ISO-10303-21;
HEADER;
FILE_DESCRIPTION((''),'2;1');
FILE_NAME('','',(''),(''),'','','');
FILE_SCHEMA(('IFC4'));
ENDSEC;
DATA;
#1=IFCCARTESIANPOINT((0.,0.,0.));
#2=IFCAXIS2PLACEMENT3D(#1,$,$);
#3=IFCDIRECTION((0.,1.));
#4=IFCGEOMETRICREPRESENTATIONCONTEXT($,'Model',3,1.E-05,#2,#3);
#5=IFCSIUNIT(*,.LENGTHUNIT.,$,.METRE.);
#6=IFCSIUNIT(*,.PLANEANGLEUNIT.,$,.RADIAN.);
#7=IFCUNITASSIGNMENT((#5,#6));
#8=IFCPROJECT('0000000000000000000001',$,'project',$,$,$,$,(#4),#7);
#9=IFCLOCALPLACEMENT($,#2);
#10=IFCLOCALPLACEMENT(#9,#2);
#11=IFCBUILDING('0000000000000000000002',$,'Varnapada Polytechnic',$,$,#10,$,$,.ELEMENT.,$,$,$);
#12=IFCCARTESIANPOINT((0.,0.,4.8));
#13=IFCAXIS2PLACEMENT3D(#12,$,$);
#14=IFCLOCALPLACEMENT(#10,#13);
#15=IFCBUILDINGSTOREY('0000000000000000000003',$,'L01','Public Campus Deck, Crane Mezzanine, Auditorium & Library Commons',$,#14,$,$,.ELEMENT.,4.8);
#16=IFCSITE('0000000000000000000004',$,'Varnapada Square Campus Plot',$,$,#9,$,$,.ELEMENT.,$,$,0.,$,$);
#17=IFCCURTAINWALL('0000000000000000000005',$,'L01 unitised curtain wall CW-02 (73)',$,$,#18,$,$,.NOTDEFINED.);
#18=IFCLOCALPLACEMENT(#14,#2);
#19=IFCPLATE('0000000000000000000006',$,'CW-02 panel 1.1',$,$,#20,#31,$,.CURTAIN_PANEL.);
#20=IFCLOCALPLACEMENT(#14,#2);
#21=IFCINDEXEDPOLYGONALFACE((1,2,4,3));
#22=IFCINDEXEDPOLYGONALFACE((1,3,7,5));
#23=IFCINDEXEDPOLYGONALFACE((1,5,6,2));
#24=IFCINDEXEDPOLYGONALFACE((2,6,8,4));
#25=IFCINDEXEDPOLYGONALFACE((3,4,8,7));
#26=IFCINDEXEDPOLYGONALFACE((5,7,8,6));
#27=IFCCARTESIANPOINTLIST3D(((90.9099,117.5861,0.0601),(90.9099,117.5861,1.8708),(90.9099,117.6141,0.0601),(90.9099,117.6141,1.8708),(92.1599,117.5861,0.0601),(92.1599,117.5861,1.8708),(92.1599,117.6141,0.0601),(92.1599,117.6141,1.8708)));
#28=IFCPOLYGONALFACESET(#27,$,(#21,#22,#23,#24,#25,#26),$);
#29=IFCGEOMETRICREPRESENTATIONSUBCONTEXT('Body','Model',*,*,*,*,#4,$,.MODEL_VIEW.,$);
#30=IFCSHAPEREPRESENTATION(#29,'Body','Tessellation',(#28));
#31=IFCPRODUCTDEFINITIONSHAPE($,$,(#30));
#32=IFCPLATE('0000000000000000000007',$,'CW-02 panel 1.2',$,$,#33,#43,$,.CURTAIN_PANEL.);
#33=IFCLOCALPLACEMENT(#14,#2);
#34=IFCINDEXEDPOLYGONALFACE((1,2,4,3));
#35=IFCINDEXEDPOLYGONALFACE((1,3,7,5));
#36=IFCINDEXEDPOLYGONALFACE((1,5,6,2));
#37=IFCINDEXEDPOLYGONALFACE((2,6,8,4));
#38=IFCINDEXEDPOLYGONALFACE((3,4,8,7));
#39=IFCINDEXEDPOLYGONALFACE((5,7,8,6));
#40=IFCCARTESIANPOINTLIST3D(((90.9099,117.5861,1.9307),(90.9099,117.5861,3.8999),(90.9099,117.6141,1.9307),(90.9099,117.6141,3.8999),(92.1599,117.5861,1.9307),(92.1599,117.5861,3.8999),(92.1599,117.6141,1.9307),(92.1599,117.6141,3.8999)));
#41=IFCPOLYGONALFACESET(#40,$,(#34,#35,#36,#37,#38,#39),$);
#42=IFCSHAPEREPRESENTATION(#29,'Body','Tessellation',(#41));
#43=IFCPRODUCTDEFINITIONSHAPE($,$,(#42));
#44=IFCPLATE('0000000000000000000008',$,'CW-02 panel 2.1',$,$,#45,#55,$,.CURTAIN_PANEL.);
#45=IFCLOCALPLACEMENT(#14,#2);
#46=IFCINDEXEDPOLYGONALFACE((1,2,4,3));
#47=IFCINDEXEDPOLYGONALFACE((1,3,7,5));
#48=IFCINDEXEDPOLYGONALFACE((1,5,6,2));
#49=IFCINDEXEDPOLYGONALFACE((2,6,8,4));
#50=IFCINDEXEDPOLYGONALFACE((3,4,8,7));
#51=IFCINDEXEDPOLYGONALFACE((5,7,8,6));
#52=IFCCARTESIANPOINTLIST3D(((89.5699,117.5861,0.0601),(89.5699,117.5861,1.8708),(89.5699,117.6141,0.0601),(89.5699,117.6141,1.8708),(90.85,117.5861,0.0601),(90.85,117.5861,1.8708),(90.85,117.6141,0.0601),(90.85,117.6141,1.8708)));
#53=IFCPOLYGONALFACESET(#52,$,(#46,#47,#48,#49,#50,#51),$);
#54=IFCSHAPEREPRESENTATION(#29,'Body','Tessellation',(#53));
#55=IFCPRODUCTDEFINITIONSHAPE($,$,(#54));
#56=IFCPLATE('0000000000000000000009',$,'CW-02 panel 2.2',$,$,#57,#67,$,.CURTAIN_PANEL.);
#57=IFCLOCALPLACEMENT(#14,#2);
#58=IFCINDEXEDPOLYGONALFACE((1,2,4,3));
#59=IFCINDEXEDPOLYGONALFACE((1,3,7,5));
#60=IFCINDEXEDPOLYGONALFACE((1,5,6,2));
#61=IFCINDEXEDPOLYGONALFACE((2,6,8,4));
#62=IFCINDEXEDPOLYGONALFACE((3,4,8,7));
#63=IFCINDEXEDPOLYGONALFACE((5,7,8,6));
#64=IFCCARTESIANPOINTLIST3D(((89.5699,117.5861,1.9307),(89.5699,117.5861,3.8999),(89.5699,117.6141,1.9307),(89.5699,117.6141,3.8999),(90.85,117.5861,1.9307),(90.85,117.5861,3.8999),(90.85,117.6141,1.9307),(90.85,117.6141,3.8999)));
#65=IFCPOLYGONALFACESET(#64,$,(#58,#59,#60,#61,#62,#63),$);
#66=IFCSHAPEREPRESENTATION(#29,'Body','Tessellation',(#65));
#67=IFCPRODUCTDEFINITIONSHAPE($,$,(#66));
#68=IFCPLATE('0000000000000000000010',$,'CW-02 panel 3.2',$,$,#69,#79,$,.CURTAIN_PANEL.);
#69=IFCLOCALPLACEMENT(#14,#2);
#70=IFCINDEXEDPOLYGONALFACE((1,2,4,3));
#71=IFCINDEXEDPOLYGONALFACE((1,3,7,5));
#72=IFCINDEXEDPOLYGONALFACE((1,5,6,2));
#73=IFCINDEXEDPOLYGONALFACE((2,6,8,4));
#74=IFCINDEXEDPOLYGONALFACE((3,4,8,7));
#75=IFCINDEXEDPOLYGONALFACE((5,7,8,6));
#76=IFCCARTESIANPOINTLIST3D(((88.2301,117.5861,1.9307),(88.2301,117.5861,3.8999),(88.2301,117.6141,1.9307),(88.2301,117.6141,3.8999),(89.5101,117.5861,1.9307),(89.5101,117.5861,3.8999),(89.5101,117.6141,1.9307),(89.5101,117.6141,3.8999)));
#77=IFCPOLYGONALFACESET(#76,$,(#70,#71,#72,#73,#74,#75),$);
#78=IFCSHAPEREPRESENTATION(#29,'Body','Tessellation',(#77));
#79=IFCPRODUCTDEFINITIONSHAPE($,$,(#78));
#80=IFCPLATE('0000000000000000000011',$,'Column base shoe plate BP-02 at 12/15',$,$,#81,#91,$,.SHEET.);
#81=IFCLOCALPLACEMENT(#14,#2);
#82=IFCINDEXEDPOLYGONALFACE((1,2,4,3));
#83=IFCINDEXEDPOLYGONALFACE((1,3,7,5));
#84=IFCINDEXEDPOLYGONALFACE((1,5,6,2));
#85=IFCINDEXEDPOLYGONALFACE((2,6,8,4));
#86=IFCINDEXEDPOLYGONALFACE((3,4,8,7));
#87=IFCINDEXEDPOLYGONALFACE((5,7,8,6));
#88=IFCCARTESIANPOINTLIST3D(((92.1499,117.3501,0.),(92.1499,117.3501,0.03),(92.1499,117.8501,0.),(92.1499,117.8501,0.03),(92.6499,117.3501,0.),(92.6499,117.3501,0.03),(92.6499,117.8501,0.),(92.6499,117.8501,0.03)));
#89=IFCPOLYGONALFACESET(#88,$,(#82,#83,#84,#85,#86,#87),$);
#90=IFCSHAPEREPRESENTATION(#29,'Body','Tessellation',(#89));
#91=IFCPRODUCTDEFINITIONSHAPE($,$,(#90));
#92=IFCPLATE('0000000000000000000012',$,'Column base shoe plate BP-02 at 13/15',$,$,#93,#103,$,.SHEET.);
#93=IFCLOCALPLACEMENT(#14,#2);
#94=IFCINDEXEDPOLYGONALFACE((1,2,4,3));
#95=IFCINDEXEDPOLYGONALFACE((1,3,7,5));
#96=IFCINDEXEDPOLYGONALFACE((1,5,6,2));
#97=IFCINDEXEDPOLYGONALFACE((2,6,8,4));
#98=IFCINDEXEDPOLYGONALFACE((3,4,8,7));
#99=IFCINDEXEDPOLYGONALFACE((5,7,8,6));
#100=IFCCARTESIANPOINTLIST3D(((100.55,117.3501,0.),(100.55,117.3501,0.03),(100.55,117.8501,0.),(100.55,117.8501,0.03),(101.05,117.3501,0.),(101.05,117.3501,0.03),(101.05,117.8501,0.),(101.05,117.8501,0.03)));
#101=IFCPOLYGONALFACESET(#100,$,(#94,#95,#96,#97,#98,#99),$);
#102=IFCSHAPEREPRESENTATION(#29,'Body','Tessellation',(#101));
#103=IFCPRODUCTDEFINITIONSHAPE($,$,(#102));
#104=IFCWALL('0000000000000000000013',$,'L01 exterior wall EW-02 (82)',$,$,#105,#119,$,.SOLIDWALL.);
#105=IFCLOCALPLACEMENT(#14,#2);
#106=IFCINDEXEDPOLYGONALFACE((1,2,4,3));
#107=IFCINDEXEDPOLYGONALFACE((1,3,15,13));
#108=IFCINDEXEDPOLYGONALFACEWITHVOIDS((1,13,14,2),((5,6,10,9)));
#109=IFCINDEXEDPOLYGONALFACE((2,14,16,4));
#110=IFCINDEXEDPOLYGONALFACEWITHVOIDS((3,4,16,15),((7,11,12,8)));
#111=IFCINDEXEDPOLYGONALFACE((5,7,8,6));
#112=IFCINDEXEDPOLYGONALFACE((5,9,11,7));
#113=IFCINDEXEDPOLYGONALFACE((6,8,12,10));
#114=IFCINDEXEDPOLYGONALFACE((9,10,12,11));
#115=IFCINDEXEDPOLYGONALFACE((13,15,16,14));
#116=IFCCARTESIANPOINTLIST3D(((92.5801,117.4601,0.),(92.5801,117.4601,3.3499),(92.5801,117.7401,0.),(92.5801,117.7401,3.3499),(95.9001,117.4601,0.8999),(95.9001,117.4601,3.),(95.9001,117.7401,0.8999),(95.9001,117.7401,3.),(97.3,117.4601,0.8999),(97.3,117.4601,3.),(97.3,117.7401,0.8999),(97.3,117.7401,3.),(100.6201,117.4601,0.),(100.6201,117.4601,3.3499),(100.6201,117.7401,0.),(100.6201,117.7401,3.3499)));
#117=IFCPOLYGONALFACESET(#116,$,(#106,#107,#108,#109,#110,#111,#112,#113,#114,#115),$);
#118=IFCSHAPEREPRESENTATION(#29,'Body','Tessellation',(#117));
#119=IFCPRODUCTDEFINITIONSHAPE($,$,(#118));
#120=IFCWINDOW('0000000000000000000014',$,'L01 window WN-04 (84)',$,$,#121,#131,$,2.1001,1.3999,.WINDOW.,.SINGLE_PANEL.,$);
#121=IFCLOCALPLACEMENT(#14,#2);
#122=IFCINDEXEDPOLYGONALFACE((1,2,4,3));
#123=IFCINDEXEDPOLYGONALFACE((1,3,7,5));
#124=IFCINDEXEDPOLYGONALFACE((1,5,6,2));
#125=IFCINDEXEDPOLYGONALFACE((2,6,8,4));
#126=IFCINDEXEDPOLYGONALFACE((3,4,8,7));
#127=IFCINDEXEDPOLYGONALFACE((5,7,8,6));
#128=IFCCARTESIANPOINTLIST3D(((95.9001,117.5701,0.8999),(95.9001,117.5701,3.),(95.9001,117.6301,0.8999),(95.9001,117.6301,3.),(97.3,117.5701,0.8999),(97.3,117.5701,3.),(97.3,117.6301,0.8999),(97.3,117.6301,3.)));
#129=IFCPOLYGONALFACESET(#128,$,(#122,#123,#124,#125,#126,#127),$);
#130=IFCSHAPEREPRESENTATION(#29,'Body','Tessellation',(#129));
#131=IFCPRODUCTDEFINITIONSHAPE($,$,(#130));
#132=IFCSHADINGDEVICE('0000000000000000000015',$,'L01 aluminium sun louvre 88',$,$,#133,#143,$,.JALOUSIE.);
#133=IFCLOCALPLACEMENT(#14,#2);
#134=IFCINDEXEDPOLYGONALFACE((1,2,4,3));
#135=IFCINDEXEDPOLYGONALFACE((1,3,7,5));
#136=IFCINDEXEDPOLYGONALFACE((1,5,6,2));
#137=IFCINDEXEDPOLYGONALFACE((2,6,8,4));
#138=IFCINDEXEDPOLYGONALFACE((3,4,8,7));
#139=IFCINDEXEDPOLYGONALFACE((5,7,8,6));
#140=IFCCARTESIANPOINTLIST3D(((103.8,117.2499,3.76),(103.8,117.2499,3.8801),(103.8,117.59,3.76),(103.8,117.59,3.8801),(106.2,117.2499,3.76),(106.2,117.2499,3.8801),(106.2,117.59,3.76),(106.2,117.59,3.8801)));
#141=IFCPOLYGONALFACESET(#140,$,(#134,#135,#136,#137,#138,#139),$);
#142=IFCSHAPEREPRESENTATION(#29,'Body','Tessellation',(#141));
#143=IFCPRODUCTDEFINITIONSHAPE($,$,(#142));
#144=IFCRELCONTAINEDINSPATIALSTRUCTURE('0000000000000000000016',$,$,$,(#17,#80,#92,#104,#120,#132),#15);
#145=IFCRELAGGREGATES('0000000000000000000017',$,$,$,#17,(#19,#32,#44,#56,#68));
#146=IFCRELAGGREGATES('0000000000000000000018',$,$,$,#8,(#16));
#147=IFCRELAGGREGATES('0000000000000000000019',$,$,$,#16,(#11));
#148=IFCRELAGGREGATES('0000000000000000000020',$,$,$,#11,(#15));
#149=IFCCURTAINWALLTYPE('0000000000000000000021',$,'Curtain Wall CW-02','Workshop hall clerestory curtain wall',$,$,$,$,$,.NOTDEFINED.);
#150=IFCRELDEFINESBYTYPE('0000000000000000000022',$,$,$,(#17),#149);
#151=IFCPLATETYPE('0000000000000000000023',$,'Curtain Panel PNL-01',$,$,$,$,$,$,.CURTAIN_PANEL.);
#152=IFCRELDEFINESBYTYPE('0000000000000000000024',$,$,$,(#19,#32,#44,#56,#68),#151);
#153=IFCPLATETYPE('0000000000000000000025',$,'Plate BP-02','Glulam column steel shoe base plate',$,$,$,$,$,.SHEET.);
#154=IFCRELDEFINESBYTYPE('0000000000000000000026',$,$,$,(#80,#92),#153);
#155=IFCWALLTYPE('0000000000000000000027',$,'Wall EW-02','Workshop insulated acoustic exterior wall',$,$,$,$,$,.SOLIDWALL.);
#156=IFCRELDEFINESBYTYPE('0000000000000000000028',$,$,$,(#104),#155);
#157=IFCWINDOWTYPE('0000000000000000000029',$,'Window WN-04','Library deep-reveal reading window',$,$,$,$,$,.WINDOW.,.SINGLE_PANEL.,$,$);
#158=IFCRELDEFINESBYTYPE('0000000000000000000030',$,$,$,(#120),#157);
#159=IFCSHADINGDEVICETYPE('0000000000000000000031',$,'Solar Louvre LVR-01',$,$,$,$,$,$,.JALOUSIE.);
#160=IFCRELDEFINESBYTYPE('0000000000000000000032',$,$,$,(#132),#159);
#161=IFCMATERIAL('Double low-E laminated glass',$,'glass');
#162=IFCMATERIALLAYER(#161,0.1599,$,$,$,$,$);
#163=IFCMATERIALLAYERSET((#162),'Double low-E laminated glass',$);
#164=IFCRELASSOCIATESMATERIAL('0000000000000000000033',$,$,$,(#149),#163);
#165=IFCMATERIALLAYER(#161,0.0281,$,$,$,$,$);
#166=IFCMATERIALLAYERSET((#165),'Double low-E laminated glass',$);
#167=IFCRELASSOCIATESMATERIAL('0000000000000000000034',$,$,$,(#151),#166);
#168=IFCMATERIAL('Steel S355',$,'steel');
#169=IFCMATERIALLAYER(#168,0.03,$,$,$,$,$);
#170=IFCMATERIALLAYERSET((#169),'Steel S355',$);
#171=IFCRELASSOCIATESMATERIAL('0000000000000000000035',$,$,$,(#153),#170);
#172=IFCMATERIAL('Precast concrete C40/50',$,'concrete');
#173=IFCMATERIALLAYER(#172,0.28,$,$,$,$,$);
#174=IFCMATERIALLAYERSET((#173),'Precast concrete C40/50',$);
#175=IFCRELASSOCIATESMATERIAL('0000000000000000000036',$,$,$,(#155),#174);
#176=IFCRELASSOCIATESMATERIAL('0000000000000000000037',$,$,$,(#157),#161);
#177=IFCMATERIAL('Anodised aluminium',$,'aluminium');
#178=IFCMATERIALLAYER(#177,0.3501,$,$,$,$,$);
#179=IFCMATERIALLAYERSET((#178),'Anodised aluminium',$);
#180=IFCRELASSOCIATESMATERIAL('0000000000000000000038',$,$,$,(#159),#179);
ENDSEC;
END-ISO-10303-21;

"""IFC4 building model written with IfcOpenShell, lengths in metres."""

from ifc_helpers import new_model, si_unit, direction, frame, frame_2d, origin, origin_2d, place, context, subcontext, project, spatial, rectangle, extrude, material, layer, layer_set, type_object, element, fill, aggregate, save


model = new_model("IFC4")

# Units and contexts
model_context = context("Model", 3, precision=1e-05, world=origin(), true_north=direction((0.0, 1.0)))
body_context = subcontext(model_context, "Body", "Model", "MODEL_VIEW")
ifc_project = project(units=[si_unit("LENGTHUNIT", "METRE"), si_unit("PLANEANGLEUNIT", "RADIAN")], contexts=[model_context])

# Site, building, storey
site_placement = place(None, origin())
site = spatial("IfcSite", under=ifc_project, at=site_placement, Name="Varnapada Square Campus Plot", CompositionType="ELEMENT", RefElevation=0.0)
building_placement = place(site_placement, origin())
building = spatial("IfcBuilding", under=site, at=building_placement, Name="Varnapada Polytechnic", CompositionType="ELEMENT")
storey_placement = place(building_placement, frame((0.0, 0.0, 4.8)))
storey = spatial("IfcBuildingStorey", under=building, at=storey_placement, Name="L01", Description="Public Campus Deck, Crane Mezzanine, Auditorium & Library Commons", CompositionType="ELEMENT", Elevation=4.8)

# Shared definitions
ifc_material_1 = material(Name="Steel S355", Category="steel")

# Curtain wall
ifc_material_2 = material(Name="Double low-E laminated glass", Category="glass")
ifc_layer_1 = layer(ifc_material_2, 0.1599)
ifc_layer_set_1 = layer_set([ifc_layer_1], Name="Double low-E laminated glass")
curtain_wall_type = type_object("IfcCurtainWallType", Name="Curtain Wall CW-02", Description="Workshop hall clerestory curtain wall", PredefinedType="NOTDEFINED", material=ifc_layer_set_1)
curtain_wall_placement = place(storey_placement, origin())
curtain_wall = element("IfcCurtainWall", 1, at=curtain_wall_placement, inside=storey, type_object=curtain_wall_type, Name="L01 unitised curtain wall CW-02 (73)", PredefinedType="NOTDEFINED")
ifc_material_3 = material(Name="Anodised aluminium", Category="aluminium")

# Plates
ifc_layer_2 = layer(ifc_material_2, 0.0281)
ifc_layer_set_2 = layer_set([ifc_layer_2], Name="Double low-E laminated glass")
plate_type_1 = type_object("IfcPlateType", Name="Curtain Panel PNL-01", PredefinedType="CURTAIN_PANEL", material=ifc_layer_set_2)
plate_1_placement = place(storey_placement, frame((91.5349, 117.6001, 0.0601), z_axis=(0.0, 0.0, 1.0), x_axis=(-1.0, 0.0, 0.0)))
plate_1 = element("IfcPlate", 2, at=plate_1_placement, type_object=plate_type_1, Name="CW-02 panel 1.1", PredefinedType="CURTAIN_PANEL", context=body_context, shape_type="SweptSolid", body=[
    extrude(rectangle(XDim=1.25, YDim=0.0281, at=origin_2d()), origin(), (0.0, 0.0, 1.0), 1.8108),
])
plate_2_placement = place(storey_placement, frame((91.5349, 117.6001, 1.9307), z_axis=(0.0, 0.0, 1.0), x_axis=(-1.0, 0.0, 0.0)))
plate_2 = element("IfcPlate", 3, at=plate_2_placement, type_object=plate_type_1, Name="CW-02 panel 1.2", PredefinedType="CURTAIN_PANEL", context=body_context, shape_type="SweptSolid", body=[
    extrude(rectangle(XDim=1.25, YDim=0.0281, at=origin_2d()), origin(), (0.0, 0.0, 1.0), 1.9692),
])
plate_3_placement = place(storey_placement, frame((90.21, 117.6001, 0.0601), z_axis=(0.0, 0.0, 1.0), x_axis=(-1.0, 0.0, 0.0)))
plate_3 = element("IfcPlate", 4, at=plate_3_placement, type_object=plate_type_1, Name="CW-02 panel 2.1", PredefinedType="CURTAIN_PANEL", context=body_context, shape_type="SweptSolid", body=[
    extrude(rectangle(XDim=1.28, YDim=0.0281, at=origin_2d()), origin(), (0.0, 0.0, 1.0), 1.8108),
])
plate_4_placement = place(storey_placement, frame((90.21, 117.6001, 1.9307), z_axis=(0.0, 0.0, 1.0), x_axis=(-1.0, 0.0, 0.0)))
plate_4 = element("IfcPlate", 5, at=plate_4_placement, type_object=plate_type_1, Name="CW-02 panel 2.2", PredefinedType="CURTAIN_PANEL", context=body_context, shape_type="SweptSolid", body=[
    extrude(rectangle(XDim=1.28, YDim=0.0281, at=origin_2d()), origin(), (0.0, 0.0, 1.0), 1.9692),
])
plate_5_placement = place(storey_placement, frame((88.8701, 117.6001, 1.9307), z_axis=(0.0, 0.0, 1.0), x_axis=(-1.0, 0.0, 0.0)))
plate_5 = element("IfcPlate", 6, at=plate_5_placement, type_object=plate_type_1, Name="CW-02 panel 3.2", PredefinedType="CURTAIN_PANEL", context=body_context, shape_type="SweptSolid", body=[
    extrude(rectangle(XDim=1.28, YDim=0.0281, at=origin_2d()), origin(), (0.0, 0.0, 1.0), 1.9692),
])
aggregate(curtain_wall, [plate_1, plate_2, plate_3, plate_4, plate_5])

# Plates
ifc_layer_3 = layer(ifc_material_1, 0.03)
ifc_layer_set_3 = layer_set([ifc_layer_3], Name="Steel S355")
plate_type_2 = type_object("IfcPlateType", Name="Plate BP-02", Description="Glulam column steel shoe base plate", PredefinedType="SHEET", material=ifc_layer_set_3)
for number, where, z_axis, x_axis, name in (
    (7, (92.3999, 117.6001, 0.0), (0.0, 0.0, 1.0), (1.0, 0.0, 0.0), "Column base shoe plate BP-02 at 12/15"),
    (8, (100.8, 117.6001, 0.0), (0.0, 0.0, 1.0), (1.0, 0.0, 0.0), "Column base shoe plate BP-02 at 13/15"),
):
    element("IfcPlate", number, at=place(storey_placement, frame(where, z_axis=z_axis, x_axis=x_axis)), inside=storey, type_object=plate_type_2, Name=name, PredefinedType="SHEET", context=body_context, shape_type="SweptSolid", body=[
        extrude(rectangle(XDim=0.5, YDim=0.5, at=origin_2d()), origin(), (0.0, 0.0, 1.0), 0.03),
    ])

# Wall, opening, window
ifc_material_4 = material(Name="Precast concrete C40/50", Category="concrete")
ifc_layer_4 = layer(ifc_material_4, 0.28)
ifc_layer_set_4 = layer_set([ifc_layer_4], Name="Precast concrete C40/50")
wall_type = type_object("IfcWallType", Name="Wall EW-02", Description="Workshop insulated acoustic exterior wall", PredefinedType="SOLIDWALL", material=ifc_layer_set_4)
wall_placement = place(storey_placement, frame((100.6201, 117.6001, 0.0), z_axis=(0.0, 0.0, 1.0), x_axis=(-1.0, 0.0, 0.0)))
wall = element("IfcWall", 9, at=wall_placement, inside=storey, type_object=wall_type, Name="L01 exterior wall EW-02 (82)", PredefinedType="SOLIDWALL", context=body_context, shape_type="SweptSolid", body=[
    extrude(rectangle(XDim=8.04, YDim=0.28, at=frame_2d((4.02, 0.0))), origin(), (0.0, 0.0, 1.0), 3.3499),
])
opening_placement = place(wall_placement, frame((3.3201, 0.0, 0.8999)))
opening = element("IfcOpeningElement", 10, at=opening_placement, cuts=wall, PredefinedType="OPENING", context=body_context, shape_type="SweptSolid", body=[
    extrude(rectangle(XDim=1.3999, YDim=2.1001, at=frame_2d((0.7, 1.05))), frame((0.0, 0.1499, 0.0), z_axis=(0.0, -1.0, 0.0), x_axis=(1.0, 0.0, 0.0)), (0.0, 0.0, 1.0), 0.3),
])
window_type = type_object("IfcWindowType", Name="Window WN-04", Description="Library deep-reveal reading window", PartitioningType="SINGLE_PANEL", PredefinedType="WINDOW", material=ifc_material_2)
window_placement = place(opening_placement, origin())
window = element("IfcWindow", 11, at=window_placement, inside=storey, type_object=window_type, Name="L01 window WN-04 (84)", OverallHeight=2.1001, OverallWidth=1.3999, PartitioningType="SINGLE_PANEL", PredefinedType="WINDOW", context=body_context, shape_type="SweptSolid", body=[
    extrude(rectangle(XDim=1.3999, YDim=2.1001, at=frame_2d((0.7, 1.05))), frame((0.0, 0.03, 0.0), z_axis=(0.0, -1.0, 0.0), x_axis=(1.0, 0.0, 0.0)), (0.0, 0.0, 1.0), 0.0601),
])
fill(opening, window)

# Shading device
ifc_layer_5 = layer(ifc_material_3, 0.3501)
ifc_layer_set_5 = layer_set([ifc_layer_5], Name="Anodised aluminium")
shading_device_type = type_object("IfcShadingDeviceType", Name="Solar Louvre LVR-01", PredefinedType="JALOUSIE", material=ifc_layer_set_5)
shading_device_placement = place(storey_placement, frame((105.0, 117.4199, 3.76), z_axis=(0.0, 0.0, 1.0), x_axis=(-1.0, 0.0, 0.0)))
element("IfcShadingDevice", 12, at=shading_device_placement, inside=storey, type_object=shading_device_type, Name="L01 aluminium sun louvre 88", PredefinedType="JALOUSIE", context=body_context, shape_type="SweptSolid", body=[
    extrude(rectangle(XDim=2.3999, YDim=0.3401, at=origin_2d()), origin(), (0.0, 0.0, 1.0), 0.1201),
])

save(model, "model.ifc")
